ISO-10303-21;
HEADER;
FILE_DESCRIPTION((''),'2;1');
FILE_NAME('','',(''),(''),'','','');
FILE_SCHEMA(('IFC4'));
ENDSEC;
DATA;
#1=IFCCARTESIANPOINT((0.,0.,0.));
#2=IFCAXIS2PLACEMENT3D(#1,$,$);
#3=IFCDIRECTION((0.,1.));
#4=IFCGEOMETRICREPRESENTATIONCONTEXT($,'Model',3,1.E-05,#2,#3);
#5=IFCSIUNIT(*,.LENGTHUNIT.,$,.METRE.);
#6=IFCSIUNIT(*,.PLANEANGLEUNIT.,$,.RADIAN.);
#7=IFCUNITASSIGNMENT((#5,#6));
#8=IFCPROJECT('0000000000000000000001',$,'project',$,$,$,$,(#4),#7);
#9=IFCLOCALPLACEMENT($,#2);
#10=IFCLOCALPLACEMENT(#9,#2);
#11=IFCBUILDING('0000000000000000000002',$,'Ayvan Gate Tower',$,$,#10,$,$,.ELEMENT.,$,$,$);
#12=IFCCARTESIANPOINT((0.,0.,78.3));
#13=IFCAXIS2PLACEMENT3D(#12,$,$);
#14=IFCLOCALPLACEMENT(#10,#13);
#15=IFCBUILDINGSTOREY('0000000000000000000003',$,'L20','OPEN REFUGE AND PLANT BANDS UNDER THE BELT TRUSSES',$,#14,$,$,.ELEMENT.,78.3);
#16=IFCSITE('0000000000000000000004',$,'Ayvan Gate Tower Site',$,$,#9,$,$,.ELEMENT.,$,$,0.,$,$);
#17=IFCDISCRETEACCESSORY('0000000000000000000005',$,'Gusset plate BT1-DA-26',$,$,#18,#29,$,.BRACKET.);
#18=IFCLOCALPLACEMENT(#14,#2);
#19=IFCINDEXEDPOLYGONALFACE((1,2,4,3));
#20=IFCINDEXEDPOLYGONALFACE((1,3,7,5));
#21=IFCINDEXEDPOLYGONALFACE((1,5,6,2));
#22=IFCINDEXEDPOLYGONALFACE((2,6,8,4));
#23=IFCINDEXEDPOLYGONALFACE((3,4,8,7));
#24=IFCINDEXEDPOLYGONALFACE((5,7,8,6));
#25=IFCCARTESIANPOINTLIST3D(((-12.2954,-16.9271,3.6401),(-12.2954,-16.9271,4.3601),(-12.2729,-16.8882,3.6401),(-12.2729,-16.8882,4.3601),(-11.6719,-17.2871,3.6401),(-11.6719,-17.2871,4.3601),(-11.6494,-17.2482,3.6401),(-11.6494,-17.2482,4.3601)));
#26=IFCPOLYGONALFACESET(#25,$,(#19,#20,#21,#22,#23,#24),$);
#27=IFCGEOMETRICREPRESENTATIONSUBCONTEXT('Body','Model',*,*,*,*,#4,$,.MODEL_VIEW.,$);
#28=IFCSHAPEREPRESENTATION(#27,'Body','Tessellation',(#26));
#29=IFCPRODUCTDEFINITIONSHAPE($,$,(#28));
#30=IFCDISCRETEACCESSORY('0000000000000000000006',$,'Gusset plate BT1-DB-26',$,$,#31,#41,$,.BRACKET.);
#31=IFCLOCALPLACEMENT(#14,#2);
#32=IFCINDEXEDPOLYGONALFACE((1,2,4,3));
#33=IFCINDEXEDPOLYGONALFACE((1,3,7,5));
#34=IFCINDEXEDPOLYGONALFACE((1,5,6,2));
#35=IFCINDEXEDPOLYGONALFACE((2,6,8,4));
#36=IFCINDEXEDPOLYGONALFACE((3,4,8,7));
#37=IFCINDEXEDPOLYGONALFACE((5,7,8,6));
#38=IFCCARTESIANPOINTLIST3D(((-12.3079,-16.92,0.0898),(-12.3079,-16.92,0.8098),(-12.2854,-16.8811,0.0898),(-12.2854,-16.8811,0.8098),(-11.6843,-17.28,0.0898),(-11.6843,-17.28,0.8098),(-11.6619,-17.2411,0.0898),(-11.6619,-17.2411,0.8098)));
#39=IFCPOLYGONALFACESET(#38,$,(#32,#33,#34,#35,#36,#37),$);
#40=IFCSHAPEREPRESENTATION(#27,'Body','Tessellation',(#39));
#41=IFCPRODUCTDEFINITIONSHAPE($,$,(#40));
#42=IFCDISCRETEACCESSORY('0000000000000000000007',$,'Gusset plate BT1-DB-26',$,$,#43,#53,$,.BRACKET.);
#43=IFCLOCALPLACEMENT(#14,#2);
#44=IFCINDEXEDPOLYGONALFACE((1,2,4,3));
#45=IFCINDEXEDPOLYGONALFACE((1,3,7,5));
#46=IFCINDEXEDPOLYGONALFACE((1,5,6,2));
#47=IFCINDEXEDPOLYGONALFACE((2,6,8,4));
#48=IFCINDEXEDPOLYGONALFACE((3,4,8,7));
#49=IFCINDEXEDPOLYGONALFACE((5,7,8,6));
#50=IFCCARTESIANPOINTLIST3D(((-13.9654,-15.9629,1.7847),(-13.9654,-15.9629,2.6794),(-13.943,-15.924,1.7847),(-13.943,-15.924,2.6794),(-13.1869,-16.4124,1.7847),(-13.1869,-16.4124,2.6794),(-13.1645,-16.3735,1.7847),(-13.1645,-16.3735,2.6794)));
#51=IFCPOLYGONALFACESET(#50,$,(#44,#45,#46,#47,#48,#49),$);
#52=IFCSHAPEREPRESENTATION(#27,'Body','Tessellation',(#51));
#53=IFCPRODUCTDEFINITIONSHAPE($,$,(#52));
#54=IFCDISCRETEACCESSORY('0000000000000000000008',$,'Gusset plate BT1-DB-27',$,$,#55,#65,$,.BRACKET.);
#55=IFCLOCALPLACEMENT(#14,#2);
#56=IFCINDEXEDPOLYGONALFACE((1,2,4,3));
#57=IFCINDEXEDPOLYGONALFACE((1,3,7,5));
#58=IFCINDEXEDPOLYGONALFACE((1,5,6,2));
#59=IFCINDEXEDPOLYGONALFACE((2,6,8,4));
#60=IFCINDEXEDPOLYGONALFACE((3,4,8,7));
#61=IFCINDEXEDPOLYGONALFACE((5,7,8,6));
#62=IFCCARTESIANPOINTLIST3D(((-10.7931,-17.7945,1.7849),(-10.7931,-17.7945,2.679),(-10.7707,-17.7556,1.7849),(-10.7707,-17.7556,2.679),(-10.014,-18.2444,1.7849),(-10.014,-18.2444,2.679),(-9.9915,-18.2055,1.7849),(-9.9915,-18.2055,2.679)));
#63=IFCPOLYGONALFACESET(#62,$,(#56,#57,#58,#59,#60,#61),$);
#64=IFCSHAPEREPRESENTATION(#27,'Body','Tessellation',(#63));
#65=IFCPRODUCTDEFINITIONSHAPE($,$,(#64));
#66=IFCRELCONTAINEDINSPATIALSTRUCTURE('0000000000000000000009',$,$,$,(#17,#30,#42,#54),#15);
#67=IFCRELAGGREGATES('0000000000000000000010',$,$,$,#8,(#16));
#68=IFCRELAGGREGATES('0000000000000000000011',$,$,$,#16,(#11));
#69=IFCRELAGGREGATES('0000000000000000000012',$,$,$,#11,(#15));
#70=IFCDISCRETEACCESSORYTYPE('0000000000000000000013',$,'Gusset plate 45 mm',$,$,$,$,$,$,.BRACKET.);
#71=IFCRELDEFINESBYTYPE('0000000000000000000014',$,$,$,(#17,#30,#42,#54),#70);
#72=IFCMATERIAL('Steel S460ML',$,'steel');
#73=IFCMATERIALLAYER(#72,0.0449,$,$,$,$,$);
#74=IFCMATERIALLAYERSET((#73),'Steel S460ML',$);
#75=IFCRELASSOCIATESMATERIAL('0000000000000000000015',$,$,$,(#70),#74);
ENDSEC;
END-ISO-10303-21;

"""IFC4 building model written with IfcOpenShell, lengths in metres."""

from ifc_helpers import new_model, si_unit, direction, frame, origin, origin_2d, place, context, subcontext, project, spatial, rectangle, extrude, material, layer, layer_set, type_object, element, save


model = new_model("IFC4")

# Units and contexts
model_context = context("Model", 3, precision=1e-05, world=origin(), true_north=direction((0.0, 1.0)))
body_context = subcontext(model_context, "Body", "Model", "MODEL_VIEW")
ifc_project = project(units=[si_unit("LENGTHUNIT", "METRE"), si_unit("PLANEANGLEUNIT", "RADIAN")], contexts=[model_context])

# Site, building, storey
site_placement = place(None, origin())
site = spatial("IfcSite", under=ifc_project, at=site_placement, Name="Ayvan Gate Tower Site", CompositionType="ELEMENT", RefElevation=0.0)
building_placement = place(site_placement, origin())
building = spatial("IfcBuilding", under=site, at=building_placement, Name="Ayvan Gate Tower", CompositionType="ELEMENT")
storey_placement = place(building_placement, frame((0.0, 0.0, 78.3)))
storey = spatial("IfcBuildingStorey", under=building, at=storey_placement, Name="L20", Description="OPEN REFUGE AND PLANT BANDS UNDER THE BELT TRUSSES", CompositionType="ELEMENT", Elevation=78.3)

# Shared definitions
ifc_material_1 = material(Name="Steel S460ML", Category="steel")

# Discrete accessories
ifc_layer_1 = layer(ifc_material_1, 0.0449)
ifc_layer_set_1 = layer_set([ifc_layer_1], Name="Steel S460ML")
discrete_accessory_type_1 = type_object("IfcDiscreteAccessoryType", Name="Gusset plate 45 mm", PredefinedType="BRACKET", material=ifc_layer_set_1)
for number, where, z_axis, x_axis, name in (
    (1, (-11.9724, -17.0876, 3.6401), (0.0, 0.0, 1.0), (-0.866025, 0.5, 0.0), "Gusset plate BT1-DA-26"),
    (2, (-11.9849, -17.0806, 0.0898), (0.0, 0.0, 1.0), (-0.866025, 0.5, 0.0), "Gusset plate BT1-DB-26"),
):
    element("IfcDiscreteAccessory", number, at=place(storey_placement, frame(where, z_axis=z_axis, x_axis=x_axis)), inside=storey, type_object=discrete_accessory_type_1, Name=name, PredefinedType="BRACKET", context=body_context, shape_type="SweptSolid", body=[
        extrude(rectangle(XDim=0.72, YDim=0.0449, at=origin_2d()), origin(), (0.0, 0.0, 1.0), 0.72),
    ])
discrete_accessory_1_placement = place(storey_placement, frame((-13.5649, -16.1682, 1.7847), z_axis=(0.0, 0.0, 1.0), x_axis=(-0.866025, 0.5, 0.0)))
element("IfcDiscreteAccessory", 3, at=discrete_accessory_1_placement, inside=storey, type_object=discrete_accessory_type_1, Name="Gusset plate BT1-DB-26", PredefinedType="BRACKET", context=body_context, shape_type="SweptSolid", body=[
    extrude(rectangle(XDim=0.8989, YDim=0.0449, at=origin_2d()), origin(), (0.0, 0.0, 1.0), 0.8948),
])
discrete_accessory_2_placement = place(storey_placement, frame((-10.3923, -18.0, 1.7849), z_axis=(0.0, 0.0, 1.0), x_axis=(-0.866025, 0.5, 0.0)))
element("IfcDiscreteAccessory", 4, at=discrete_accessory_2_placement, inside=storey, type_object=discrete_accessory_type_1, Name="Gusset plate BT1-DB-27", PredefinedType="BRACKET", context=body_context, shape_type="SweptSolid", body=[
    extrude(rectangle(XDim=0.8997, YDim=0.0449, at=origin_2d()), origin(), (0.0, 0.0, 1.0), 0.894),
])

save(model, "model.ifc")
